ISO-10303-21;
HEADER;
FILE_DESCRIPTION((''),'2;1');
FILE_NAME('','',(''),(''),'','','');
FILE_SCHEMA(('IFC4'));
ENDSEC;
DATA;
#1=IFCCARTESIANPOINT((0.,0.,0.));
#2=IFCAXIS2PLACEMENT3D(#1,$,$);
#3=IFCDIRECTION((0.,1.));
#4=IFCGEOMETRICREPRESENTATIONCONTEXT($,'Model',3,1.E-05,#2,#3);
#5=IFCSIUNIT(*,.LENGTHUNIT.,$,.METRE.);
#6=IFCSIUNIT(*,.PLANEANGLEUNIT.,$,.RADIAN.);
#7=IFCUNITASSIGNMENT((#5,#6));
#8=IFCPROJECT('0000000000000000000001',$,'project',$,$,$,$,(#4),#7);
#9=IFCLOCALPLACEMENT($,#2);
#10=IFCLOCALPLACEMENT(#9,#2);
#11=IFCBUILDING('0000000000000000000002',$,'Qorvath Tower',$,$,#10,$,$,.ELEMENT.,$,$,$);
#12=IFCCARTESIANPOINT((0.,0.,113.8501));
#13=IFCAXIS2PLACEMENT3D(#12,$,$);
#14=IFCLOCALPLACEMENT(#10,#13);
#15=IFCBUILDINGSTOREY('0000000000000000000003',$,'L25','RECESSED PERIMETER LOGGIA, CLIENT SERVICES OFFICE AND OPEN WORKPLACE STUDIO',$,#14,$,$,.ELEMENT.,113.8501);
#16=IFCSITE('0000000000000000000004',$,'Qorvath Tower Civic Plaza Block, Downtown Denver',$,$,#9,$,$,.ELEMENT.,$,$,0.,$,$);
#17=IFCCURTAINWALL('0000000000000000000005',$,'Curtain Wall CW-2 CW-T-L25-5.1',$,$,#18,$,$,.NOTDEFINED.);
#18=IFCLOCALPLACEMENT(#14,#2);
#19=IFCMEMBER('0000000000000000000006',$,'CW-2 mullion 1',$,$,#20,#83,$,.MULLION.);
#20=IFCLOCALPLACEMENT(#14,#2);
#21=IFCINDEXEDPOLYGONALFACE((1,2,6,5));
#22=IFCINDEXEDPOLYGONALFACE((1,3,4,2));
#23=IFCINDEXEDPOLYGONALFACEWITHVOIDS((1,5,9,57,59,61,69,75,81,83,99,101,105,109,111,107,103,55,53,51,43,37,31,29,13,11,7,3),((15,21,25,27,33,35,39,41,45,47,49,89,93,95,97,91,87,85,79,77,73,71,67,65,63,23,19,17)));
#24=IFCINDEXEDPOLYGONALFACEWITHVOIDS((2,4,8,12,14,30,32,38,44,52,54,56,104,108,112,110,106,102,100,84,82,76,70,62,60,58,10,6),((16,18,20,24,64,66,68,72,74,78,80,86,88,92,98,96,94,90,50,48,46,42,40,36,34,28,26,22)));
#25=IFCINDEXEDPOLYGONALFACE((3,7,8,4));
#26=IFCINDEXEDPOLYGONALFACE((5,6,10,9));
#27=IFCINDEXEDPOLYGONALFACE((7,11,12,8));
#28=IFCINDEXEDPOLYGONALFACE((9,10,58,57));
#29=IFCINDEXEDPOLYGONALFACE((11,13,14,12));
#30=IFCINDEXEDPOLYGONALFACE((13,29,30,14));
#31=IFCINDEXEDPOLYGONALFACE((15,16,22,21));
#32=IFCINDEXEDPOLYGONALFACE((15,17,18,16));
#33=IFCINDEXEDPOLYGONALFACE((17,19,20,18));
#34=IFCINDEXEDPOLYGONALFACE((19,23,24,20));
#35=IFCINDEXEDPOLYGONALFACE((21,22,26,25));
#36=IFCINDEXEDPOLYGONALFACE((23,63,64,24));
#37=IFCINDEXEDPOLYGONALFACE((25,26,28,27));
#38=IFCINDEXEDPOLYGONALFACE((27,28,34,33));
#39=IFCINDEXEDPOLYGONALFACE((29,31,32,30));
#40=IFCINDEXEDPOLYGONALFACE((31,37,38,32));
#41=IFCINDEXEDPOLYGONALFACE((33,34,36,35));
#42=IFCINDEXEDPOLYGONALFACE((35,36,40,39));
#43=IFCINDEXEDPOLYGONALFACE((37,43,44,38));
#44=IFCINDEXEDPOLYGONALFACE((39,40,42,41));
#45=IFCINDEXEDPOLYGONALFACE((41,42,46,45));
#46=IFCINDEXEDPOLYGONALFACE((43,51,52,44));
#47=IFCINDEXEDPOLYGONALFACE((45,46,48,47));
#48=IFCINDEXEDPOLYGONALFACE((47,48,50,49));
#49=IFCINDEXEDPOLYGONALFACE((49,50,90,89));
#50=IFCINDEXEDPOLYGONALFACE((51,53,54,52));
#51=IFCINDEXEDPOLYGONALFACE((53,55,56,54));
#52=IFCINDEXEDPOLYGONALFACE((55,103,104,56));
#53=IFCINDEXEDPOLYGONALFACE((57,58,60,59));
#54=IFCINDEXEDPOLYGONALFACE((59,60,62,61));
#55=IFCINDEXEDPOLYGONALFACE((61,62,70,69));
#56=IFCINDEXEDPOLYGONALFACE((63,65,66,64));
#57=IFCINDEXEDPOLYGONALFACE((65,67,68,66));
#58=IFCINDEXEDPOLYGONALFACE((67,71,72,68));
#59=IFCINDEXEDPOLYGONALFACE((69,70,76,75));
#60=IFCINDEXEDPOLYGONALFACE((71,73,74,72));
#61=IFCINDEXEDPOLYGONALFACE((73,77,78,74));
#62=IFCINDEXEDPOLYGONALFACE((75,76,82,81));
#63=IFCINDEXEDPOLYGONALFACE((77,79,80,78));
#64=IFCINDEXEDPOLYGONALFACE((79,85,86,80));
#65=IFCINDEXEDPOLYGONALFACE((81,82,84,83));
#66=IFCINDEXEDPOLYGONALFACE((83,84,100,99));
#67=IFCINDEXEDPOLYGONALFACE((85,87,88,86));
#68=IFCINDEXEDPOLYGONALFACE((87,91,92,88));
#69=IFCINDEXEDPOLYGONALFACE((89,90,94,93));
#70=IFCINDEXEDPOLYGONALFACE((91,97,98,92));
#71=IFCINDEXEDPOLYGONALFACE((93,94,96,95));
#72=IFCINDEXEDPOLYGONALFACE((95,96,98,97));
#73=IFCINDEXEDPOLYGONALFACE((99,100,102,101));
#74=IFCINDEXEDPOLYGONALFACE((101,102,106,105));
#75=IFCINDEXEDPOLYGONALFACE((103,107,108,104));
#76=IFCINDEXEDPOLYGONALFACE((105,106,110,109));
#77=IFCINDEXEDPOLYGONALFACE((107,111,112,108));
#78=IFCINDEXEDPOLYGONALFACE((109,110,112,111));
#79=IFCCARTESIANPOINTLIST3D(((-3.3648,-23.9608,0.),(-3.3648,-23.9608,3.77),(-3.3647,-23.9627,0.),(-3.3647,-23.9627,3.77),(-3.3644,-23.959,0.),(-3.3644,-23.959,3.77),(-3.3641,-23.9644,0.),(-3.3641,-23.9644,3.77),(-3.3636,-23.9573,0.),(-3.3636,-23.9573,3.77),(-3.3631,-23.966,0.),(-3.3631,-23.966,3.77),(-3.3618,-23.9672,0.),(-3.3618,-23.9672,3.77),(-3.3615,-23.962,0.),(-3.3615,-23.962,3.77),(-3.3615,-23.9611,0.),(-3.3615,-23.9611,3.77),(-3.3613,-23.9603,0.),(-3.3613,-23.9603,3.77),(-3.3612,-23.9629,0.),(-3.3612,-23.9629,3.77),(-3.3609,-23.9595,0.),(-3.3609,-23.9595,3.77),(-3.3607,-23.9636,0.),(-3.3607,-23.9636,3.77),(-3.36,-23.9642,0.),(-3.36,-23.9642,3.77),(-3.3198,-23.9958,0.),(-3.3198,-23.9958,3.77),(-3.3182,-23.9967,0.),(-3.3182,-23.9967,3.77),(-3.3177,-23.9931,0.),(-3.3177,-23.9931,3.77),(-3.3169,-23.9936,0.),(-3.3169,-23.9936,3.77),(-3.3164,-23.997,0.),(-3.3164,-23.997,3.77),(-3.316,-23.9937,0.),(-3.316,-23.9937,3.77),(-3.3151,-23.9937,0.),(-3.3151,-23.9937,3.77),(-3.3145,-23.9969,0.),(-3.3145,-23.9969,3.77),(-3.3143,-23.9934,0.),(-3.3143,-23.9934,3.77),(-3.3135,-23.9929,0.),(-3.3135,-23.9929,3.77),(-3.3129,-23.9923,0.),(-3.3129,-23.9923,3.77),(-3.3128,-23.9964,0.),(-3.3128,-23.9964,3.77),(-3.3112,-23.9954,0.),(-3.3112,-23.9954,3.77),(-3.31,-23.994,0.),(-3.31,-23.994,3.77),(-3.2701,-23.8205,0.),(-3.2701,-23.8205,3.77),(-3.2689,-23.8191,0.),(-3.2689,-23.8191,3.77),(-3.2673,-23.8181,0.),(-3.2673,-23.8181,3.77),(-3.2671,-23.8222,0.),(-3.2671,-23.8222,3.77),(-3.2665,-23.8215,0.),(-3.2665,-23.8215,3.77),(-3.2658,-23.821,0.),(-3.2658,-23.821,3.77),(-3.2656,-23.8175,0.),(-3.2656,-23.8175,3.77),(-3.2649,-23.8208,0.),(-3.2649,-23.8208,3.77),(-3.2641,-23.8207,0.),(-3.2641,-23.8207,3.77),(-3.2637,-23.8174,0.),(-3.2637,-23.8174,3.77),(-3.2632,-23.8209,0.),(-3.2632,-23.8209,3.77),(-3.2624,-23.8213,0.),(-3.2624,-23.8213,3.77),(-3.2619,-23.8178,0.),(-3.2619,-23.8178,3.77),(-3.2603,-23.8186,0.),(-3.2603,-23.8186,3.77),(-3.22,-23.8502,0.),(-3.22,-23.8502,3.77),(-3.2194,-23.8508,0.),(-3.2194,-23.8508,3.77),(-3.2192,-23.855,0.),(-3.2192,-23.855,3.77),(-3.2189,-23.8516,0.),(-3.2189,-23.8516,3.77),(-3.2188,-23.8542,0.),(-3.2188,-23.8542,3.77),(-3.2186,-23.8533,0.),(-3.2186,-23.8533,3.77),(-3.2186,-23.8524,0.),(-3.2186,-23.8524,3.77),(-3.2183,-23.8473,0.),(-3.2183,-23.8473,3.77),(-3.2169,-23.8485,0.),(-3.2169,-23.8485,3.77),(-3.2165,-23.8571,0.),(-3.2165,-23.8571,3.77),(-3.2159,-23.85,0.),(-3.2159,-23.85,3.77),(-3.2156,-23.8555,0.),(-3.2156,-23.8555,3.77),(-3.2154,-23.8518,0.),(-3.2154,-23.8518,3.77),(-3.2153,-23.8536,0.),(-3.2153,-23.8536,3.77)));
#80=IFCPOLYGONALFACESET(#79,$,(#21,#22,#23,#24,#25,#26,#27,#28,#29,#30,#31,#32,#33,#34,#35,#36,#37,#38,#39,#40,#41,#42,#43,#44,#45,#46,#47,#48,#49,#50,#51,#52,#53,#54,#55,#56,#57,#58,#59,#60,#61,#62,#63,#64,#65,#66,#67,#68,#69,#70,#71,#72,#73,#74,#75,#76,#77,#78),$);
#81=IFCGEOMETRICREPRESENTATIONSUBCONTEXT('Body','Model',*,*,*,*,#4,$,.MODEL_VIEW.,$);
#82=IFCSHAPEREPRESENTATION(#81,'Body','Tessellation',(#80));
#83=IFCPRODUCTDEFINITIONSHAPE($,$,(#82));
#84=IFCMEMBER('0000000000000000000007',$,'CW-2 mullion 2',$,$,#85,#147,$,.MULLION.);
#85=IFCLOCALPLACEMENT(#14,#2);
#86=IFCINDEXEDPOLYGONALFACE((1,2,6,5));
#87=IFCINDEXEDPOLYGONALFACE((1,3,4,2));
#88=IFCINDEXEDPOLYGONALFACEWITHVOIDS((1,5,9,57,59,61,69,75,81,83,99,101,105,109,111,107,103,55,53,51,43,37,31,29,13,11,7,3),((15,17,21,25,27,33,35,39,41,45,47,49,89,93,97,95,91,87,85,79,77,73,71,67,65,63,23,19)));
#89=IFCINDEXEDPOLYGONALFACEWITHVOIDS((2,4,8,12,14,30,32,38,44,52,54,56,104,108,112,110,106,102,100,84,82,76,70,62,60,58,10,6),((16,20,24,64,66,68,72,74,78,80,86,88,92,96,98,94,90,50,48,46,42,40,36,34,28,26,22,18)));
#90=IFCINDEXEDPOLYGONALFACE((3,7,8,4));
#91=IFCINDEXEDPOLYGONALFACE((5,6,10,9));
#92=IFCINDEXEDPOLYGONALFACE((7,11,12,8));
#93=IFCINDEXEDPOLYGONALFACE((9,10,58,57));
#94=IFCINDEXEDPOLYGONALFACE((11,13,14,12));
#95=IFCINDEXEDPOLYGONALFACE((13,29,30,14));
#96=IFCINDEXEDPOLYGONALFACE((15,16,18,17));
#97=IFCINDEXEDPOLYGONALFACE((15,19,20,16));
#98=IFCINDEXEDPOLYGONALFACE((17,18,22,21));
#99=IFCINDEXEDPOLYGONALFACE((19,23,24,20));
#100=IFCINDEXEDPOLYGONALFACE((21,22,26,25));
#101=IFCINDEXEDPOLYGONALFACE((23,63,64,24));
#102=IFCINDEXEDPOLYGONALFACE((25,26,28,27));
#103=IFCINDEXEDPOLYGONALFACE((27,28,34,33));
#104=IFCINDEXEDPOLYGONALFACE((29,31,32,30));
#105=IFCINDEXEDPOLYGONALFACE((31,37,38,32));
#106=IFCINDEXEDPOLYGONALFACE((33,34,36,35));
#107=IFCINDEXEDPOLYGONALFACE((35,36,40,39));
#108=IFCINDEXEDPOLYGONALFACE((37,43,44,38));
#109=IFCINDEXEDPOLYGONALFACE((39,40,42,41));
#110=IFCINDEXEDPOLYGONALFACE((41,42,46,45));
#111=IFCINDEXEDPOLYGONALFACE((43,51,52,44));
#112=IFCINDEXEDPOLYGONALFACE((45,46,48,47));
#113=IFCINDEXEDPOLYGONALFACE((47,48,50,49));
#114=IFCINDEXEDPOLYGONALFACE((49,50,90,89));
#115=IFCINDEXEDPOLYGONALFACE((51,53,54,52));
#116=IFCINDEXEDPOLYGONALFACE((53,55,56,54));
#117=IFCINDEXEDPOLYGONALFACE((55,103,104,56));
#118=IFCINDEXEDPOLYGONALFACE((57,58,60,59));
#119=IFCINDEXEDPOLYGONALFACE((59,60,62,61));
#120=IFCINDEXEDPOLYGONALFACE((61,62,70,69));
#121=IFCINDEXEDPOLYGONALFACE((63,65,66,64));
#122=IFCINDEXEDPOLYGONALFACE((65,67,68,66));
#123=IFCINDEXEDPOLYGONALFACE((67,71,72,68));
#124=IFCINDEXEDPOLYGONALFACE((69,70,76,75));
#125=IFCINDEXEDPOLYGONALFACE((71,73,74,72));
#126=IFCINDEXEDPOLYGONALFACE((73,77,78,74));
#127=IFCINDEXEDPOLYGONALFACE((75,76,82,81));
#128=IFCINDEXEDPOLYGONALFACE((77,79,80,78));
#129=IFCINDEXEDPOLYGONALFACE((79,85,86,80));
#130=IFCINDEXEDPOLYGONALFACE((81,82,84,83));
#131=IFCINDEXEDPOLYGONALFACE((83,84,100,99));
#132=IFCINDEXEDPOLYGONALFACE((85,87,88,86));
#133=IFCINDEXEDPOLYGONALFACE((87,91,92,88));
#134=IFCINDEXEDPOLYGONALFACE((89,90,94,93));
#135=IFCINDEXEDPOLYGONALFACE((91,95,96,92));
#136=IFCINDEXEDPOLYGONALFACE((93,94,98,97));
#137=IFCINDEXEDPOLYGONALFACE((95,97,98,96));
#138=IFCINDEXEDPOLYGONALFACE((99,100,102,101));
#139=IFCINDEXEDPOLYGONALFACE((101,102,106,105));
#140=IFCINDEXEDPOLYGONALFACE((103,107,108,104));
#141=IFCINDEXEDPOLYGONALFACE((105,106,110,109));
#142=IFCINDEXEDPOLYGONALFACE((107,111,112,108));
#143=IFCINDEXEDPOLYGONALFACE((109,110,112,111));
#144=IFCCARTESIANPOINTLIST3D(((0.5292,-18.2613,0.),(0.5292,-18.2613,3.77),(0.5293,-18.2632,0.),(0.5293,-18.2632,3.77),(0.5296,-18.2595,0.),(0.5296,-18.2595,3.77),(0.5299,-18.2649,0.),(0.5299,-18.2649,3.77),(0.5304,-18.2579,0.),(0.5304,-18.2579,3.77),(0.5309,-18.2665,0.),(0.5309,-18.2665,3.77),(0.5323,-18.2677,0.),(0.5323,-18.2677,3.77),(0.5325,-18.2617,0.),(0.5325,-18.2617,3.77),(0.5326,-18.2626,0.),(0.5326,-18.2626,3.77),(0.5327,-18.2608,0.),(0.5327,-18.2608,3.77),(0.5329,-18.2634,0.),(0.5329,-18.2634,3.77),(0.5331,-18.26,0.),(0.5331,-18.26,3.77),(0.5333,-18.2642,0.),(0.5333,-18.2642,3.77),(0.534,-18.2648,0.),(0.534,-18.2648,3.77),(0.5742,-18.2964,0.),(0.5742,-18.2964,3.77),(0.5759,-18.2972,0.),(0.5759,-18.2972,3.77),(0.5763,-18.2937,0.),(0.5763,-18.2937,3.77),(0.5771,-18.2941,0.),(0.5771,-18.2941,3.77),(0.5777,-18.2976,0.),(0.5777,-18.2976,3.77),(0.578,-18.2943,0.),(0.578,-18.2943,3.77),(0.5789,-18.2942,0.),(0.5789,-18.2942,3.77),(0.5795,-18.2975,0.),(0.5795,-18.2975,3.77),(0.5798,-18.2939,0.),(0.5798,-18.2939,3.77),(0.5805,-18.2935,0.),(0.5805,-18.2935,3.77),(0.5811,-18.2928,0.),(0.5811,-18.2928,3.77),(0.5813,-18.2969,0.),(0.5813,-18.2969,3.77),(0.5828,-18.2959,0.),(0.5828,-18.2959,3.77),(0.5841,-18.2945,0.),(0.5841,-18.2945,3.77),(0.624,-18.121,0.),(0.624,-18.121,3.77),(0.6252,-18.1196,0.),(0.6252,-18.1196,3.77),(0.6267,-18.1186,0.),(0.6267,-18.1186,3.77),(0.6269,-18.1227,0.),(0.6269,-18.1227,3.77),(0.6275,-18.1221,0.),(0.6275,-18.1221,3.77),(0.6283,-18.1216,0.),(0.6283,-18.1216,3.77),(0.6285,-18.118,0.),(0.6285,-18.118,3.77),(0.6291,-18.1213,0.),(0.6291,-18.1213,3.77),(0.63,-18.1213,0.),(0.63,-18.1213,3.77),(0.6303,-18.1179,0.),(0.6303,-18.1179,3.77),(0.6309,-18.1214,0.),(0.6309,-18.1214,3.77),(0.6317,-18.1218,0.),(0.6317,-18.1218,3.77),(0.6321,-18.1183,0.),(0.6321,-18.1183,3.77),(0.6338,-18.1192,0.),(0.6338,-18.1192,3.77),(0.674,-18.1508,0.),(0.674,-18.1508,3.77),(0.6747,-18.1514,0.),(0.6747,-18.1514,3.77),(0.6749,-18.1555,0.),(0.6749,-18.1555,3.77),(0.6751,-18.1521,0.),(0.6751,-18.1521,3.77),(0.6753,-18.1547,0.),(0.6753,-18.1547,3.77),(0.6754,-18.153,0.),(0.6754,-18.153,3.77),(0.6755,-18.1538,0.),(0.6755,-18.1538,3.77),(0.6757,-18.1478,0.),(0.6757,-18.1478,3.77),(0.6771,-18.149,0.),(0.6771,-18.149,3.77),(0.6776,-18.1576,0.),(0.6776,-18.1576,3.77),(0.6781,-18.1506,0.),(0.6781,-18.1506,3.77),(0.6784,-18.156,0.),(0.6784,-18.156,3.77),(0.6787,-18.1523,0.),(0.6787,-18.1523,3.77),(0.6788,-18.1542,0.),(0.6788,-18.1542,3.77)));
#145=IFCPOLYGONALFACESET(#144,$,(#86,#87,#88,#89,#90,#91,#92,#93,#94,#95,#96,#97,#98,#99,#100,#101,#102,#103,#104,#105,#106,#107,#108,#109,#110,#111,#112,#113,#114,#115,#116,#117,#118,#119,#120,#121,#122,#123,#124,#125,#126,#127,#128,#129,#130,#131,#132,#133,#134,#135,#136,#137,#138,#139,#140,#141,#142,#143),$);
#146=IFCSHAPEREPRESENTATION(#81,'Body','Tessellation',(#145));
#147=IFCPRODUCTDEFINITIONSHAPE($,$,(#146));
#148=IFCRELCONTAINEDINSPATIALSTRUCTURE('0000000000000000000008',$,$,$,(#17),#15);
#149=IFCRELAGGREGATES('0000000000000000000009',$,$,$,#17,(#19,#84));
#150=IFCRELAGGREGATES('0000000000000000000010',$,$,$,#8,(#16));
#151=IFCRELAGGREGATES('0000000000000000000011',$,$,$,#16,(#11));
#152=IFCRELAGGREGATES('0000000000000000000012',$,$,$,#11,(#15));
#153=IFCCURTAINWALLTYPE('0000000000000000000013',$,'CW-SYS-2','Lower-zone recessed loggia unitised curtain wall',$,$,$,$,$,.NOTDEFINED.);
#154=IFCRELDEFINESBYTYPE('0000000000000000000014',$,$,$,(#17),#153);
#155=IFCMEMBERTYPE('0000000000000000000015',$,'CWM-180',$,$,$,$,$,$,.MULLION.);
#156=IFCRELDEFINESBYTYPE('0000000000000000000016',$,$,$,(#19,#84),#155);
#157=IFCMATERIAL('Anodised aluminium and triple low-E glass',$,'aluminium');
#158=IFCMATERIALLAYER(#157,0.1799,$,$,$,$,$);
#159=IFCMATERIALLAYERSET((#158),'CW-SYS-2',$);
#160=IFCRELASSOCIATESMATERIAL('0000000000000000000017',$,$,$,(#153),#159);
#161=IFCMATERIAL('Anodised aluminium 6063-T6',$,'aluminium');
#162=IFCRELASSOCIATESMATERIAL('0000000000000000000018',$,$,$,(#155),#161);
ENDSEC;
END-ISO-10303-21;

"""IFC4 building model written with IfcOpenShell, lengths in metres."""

from ifc_helpers import new_model, si_unit, direction, frame, origin, origin_2d, place, context, subcontext, project, spatial, hollow_rectangle, extrude, material, layer, layer_set, material_profile, profile_set, type_object, element, aggregate, save


model = new_model("IFC4")

# Units and contexts
model_context = context("Model", 3, precision=1e-05, world=origin(), true_north=direction((0.0, 1.0)))
body_context = subcontext(model_context, "Body", "Model", "MODEL_VIEW")
ifc_project = project(units=[si_unit("LENGTHUNIT", "METRE"), si_unit("PLANEANGLEUNIT", "RADIAN")], contexts=[model_context])

# Site, building, storey
site_placement = place(None, origin())
site = spatial("IfcSite", under=ifc_project, at=site_placement, Name="Qorvath Tower Civic Plaza Block, Downtown Denver", CompositionType="ELEMENT", RefElevation=0.0)
building_placement = place(site_placement, origin())
building = spatial("IfcBuilding", under=site, at=building_placement, Name="Qorvath Tower", CompositionType="ELEMENT")
storey_placement = place(building_placement, frame((0.0, 0.0, 113.8501)))
storey = spatial("IfcBuildingStorey", under=building, at=storey_placement, Name="L25", Description="RECESSED PERIMETER LOGGIA, CLIENT SERVICES OFFICE AND OPEN WORKPLACE STUDIO", CompositionType="ELEMENT", Elevation=113.8501)

# Curtain wall, members
ifc_material_1 = material(Name="Anodised aluminium and triple low-E glass", Category="aluminium")
ifc_layer_1 = layer(ifc_material_1, 0.1799)
ifc_layer_set_1 = layer_set([ifc_layer_1], Name="CW-SYS-2")
curtain_wall_type = type_object("IfcCurtainWallType", Name="CW-SYS-2", Description="Lower-zone recessed loggia unitised curtain wall", PredefinedType="NOTDEFINED", material=ifc_layer_set_1)
ifc_material_2 = material(Name="Anodised aluminium 6063-T6", Category="aluminium")
ifc_material_profile_1 = material_profile(ifc_material_2, hollow_rectangle(XDim=0.0649, YDim=0.1799, WallThickness=0.0034, InnerFilletRadius=0.0034, OuterFilletRadius=0.0071, at=origin_2d()), Name="CWM 180x65")
ifc_profile_set_1 = profile_set([ifc_material_profile_1], Name="Anodised aluminium 6063-T6")
member_type_1 = type_object("IfcMemberType", Name="CWM-180", PredefinedType="MULLION", material=ifc_profile_set_1)
curtain_wall_1_placement = place(storey_placement, origin())
curtain_wall_1 = element("IfcCurtainWall", 1, at=curtain_wall_1_placement, inside=storey, type_object=curtain_wall_type, Name="Curtain Wall CW-2 CW-T-L25-5.1", PredefinedType="NOTDEFINED")
member_1_placement = place(storey_placement, frame((-3.29, -23.9072, 0.0), z_axis=(0.0, 0.0, 1.0), x_axis=(-0.825695, 0.564117, 0.0)))
member_1 = element("IfcMember", 2, at=member_1_placement, type_object=member_type_1, Name="CW-2 mullion 1", PredefinedType="MULLION", context=body_context, shape_type="SweptSolid", body=[
    extrude(hollow_rectangle(XDim=0.0649, YDim=0.1799, WallThickness=0.0034, InnerFilletRadius=0.0034, OuterFilletRadius=0.0071, at=origin_2d()), origin(), (0.0, 0.0, 1.0), 3.77),
])
member_2_placement = place(storey_placement, frame((0.604, -18.2078, 0.0), z_axis=(0.0, 0.0, 1.0), x_axis=(-0.825695, 0.564117, 0.0)))
member_2 = element("IfcMember", 3, at=member_2_placement, type_object=member_type_1, Name="CW-2 mullion 2", PredefinedType="MULLION", context=body_context, shape_type="SweptSolid", body=[
    extrude(hollow_rectangle(XDim=0.0649, YDim=0.1799, WallThickness=0.0034, InnerFilletRadius=0.0034, OuterFilletRadius=0.0071, at=origin_2d()), origin(), (0.0, 0.0, 1.0), 3.77),
])

aggregate(curtain_wall_1, [member_1, member_2])

save(model, "model.ifc")
